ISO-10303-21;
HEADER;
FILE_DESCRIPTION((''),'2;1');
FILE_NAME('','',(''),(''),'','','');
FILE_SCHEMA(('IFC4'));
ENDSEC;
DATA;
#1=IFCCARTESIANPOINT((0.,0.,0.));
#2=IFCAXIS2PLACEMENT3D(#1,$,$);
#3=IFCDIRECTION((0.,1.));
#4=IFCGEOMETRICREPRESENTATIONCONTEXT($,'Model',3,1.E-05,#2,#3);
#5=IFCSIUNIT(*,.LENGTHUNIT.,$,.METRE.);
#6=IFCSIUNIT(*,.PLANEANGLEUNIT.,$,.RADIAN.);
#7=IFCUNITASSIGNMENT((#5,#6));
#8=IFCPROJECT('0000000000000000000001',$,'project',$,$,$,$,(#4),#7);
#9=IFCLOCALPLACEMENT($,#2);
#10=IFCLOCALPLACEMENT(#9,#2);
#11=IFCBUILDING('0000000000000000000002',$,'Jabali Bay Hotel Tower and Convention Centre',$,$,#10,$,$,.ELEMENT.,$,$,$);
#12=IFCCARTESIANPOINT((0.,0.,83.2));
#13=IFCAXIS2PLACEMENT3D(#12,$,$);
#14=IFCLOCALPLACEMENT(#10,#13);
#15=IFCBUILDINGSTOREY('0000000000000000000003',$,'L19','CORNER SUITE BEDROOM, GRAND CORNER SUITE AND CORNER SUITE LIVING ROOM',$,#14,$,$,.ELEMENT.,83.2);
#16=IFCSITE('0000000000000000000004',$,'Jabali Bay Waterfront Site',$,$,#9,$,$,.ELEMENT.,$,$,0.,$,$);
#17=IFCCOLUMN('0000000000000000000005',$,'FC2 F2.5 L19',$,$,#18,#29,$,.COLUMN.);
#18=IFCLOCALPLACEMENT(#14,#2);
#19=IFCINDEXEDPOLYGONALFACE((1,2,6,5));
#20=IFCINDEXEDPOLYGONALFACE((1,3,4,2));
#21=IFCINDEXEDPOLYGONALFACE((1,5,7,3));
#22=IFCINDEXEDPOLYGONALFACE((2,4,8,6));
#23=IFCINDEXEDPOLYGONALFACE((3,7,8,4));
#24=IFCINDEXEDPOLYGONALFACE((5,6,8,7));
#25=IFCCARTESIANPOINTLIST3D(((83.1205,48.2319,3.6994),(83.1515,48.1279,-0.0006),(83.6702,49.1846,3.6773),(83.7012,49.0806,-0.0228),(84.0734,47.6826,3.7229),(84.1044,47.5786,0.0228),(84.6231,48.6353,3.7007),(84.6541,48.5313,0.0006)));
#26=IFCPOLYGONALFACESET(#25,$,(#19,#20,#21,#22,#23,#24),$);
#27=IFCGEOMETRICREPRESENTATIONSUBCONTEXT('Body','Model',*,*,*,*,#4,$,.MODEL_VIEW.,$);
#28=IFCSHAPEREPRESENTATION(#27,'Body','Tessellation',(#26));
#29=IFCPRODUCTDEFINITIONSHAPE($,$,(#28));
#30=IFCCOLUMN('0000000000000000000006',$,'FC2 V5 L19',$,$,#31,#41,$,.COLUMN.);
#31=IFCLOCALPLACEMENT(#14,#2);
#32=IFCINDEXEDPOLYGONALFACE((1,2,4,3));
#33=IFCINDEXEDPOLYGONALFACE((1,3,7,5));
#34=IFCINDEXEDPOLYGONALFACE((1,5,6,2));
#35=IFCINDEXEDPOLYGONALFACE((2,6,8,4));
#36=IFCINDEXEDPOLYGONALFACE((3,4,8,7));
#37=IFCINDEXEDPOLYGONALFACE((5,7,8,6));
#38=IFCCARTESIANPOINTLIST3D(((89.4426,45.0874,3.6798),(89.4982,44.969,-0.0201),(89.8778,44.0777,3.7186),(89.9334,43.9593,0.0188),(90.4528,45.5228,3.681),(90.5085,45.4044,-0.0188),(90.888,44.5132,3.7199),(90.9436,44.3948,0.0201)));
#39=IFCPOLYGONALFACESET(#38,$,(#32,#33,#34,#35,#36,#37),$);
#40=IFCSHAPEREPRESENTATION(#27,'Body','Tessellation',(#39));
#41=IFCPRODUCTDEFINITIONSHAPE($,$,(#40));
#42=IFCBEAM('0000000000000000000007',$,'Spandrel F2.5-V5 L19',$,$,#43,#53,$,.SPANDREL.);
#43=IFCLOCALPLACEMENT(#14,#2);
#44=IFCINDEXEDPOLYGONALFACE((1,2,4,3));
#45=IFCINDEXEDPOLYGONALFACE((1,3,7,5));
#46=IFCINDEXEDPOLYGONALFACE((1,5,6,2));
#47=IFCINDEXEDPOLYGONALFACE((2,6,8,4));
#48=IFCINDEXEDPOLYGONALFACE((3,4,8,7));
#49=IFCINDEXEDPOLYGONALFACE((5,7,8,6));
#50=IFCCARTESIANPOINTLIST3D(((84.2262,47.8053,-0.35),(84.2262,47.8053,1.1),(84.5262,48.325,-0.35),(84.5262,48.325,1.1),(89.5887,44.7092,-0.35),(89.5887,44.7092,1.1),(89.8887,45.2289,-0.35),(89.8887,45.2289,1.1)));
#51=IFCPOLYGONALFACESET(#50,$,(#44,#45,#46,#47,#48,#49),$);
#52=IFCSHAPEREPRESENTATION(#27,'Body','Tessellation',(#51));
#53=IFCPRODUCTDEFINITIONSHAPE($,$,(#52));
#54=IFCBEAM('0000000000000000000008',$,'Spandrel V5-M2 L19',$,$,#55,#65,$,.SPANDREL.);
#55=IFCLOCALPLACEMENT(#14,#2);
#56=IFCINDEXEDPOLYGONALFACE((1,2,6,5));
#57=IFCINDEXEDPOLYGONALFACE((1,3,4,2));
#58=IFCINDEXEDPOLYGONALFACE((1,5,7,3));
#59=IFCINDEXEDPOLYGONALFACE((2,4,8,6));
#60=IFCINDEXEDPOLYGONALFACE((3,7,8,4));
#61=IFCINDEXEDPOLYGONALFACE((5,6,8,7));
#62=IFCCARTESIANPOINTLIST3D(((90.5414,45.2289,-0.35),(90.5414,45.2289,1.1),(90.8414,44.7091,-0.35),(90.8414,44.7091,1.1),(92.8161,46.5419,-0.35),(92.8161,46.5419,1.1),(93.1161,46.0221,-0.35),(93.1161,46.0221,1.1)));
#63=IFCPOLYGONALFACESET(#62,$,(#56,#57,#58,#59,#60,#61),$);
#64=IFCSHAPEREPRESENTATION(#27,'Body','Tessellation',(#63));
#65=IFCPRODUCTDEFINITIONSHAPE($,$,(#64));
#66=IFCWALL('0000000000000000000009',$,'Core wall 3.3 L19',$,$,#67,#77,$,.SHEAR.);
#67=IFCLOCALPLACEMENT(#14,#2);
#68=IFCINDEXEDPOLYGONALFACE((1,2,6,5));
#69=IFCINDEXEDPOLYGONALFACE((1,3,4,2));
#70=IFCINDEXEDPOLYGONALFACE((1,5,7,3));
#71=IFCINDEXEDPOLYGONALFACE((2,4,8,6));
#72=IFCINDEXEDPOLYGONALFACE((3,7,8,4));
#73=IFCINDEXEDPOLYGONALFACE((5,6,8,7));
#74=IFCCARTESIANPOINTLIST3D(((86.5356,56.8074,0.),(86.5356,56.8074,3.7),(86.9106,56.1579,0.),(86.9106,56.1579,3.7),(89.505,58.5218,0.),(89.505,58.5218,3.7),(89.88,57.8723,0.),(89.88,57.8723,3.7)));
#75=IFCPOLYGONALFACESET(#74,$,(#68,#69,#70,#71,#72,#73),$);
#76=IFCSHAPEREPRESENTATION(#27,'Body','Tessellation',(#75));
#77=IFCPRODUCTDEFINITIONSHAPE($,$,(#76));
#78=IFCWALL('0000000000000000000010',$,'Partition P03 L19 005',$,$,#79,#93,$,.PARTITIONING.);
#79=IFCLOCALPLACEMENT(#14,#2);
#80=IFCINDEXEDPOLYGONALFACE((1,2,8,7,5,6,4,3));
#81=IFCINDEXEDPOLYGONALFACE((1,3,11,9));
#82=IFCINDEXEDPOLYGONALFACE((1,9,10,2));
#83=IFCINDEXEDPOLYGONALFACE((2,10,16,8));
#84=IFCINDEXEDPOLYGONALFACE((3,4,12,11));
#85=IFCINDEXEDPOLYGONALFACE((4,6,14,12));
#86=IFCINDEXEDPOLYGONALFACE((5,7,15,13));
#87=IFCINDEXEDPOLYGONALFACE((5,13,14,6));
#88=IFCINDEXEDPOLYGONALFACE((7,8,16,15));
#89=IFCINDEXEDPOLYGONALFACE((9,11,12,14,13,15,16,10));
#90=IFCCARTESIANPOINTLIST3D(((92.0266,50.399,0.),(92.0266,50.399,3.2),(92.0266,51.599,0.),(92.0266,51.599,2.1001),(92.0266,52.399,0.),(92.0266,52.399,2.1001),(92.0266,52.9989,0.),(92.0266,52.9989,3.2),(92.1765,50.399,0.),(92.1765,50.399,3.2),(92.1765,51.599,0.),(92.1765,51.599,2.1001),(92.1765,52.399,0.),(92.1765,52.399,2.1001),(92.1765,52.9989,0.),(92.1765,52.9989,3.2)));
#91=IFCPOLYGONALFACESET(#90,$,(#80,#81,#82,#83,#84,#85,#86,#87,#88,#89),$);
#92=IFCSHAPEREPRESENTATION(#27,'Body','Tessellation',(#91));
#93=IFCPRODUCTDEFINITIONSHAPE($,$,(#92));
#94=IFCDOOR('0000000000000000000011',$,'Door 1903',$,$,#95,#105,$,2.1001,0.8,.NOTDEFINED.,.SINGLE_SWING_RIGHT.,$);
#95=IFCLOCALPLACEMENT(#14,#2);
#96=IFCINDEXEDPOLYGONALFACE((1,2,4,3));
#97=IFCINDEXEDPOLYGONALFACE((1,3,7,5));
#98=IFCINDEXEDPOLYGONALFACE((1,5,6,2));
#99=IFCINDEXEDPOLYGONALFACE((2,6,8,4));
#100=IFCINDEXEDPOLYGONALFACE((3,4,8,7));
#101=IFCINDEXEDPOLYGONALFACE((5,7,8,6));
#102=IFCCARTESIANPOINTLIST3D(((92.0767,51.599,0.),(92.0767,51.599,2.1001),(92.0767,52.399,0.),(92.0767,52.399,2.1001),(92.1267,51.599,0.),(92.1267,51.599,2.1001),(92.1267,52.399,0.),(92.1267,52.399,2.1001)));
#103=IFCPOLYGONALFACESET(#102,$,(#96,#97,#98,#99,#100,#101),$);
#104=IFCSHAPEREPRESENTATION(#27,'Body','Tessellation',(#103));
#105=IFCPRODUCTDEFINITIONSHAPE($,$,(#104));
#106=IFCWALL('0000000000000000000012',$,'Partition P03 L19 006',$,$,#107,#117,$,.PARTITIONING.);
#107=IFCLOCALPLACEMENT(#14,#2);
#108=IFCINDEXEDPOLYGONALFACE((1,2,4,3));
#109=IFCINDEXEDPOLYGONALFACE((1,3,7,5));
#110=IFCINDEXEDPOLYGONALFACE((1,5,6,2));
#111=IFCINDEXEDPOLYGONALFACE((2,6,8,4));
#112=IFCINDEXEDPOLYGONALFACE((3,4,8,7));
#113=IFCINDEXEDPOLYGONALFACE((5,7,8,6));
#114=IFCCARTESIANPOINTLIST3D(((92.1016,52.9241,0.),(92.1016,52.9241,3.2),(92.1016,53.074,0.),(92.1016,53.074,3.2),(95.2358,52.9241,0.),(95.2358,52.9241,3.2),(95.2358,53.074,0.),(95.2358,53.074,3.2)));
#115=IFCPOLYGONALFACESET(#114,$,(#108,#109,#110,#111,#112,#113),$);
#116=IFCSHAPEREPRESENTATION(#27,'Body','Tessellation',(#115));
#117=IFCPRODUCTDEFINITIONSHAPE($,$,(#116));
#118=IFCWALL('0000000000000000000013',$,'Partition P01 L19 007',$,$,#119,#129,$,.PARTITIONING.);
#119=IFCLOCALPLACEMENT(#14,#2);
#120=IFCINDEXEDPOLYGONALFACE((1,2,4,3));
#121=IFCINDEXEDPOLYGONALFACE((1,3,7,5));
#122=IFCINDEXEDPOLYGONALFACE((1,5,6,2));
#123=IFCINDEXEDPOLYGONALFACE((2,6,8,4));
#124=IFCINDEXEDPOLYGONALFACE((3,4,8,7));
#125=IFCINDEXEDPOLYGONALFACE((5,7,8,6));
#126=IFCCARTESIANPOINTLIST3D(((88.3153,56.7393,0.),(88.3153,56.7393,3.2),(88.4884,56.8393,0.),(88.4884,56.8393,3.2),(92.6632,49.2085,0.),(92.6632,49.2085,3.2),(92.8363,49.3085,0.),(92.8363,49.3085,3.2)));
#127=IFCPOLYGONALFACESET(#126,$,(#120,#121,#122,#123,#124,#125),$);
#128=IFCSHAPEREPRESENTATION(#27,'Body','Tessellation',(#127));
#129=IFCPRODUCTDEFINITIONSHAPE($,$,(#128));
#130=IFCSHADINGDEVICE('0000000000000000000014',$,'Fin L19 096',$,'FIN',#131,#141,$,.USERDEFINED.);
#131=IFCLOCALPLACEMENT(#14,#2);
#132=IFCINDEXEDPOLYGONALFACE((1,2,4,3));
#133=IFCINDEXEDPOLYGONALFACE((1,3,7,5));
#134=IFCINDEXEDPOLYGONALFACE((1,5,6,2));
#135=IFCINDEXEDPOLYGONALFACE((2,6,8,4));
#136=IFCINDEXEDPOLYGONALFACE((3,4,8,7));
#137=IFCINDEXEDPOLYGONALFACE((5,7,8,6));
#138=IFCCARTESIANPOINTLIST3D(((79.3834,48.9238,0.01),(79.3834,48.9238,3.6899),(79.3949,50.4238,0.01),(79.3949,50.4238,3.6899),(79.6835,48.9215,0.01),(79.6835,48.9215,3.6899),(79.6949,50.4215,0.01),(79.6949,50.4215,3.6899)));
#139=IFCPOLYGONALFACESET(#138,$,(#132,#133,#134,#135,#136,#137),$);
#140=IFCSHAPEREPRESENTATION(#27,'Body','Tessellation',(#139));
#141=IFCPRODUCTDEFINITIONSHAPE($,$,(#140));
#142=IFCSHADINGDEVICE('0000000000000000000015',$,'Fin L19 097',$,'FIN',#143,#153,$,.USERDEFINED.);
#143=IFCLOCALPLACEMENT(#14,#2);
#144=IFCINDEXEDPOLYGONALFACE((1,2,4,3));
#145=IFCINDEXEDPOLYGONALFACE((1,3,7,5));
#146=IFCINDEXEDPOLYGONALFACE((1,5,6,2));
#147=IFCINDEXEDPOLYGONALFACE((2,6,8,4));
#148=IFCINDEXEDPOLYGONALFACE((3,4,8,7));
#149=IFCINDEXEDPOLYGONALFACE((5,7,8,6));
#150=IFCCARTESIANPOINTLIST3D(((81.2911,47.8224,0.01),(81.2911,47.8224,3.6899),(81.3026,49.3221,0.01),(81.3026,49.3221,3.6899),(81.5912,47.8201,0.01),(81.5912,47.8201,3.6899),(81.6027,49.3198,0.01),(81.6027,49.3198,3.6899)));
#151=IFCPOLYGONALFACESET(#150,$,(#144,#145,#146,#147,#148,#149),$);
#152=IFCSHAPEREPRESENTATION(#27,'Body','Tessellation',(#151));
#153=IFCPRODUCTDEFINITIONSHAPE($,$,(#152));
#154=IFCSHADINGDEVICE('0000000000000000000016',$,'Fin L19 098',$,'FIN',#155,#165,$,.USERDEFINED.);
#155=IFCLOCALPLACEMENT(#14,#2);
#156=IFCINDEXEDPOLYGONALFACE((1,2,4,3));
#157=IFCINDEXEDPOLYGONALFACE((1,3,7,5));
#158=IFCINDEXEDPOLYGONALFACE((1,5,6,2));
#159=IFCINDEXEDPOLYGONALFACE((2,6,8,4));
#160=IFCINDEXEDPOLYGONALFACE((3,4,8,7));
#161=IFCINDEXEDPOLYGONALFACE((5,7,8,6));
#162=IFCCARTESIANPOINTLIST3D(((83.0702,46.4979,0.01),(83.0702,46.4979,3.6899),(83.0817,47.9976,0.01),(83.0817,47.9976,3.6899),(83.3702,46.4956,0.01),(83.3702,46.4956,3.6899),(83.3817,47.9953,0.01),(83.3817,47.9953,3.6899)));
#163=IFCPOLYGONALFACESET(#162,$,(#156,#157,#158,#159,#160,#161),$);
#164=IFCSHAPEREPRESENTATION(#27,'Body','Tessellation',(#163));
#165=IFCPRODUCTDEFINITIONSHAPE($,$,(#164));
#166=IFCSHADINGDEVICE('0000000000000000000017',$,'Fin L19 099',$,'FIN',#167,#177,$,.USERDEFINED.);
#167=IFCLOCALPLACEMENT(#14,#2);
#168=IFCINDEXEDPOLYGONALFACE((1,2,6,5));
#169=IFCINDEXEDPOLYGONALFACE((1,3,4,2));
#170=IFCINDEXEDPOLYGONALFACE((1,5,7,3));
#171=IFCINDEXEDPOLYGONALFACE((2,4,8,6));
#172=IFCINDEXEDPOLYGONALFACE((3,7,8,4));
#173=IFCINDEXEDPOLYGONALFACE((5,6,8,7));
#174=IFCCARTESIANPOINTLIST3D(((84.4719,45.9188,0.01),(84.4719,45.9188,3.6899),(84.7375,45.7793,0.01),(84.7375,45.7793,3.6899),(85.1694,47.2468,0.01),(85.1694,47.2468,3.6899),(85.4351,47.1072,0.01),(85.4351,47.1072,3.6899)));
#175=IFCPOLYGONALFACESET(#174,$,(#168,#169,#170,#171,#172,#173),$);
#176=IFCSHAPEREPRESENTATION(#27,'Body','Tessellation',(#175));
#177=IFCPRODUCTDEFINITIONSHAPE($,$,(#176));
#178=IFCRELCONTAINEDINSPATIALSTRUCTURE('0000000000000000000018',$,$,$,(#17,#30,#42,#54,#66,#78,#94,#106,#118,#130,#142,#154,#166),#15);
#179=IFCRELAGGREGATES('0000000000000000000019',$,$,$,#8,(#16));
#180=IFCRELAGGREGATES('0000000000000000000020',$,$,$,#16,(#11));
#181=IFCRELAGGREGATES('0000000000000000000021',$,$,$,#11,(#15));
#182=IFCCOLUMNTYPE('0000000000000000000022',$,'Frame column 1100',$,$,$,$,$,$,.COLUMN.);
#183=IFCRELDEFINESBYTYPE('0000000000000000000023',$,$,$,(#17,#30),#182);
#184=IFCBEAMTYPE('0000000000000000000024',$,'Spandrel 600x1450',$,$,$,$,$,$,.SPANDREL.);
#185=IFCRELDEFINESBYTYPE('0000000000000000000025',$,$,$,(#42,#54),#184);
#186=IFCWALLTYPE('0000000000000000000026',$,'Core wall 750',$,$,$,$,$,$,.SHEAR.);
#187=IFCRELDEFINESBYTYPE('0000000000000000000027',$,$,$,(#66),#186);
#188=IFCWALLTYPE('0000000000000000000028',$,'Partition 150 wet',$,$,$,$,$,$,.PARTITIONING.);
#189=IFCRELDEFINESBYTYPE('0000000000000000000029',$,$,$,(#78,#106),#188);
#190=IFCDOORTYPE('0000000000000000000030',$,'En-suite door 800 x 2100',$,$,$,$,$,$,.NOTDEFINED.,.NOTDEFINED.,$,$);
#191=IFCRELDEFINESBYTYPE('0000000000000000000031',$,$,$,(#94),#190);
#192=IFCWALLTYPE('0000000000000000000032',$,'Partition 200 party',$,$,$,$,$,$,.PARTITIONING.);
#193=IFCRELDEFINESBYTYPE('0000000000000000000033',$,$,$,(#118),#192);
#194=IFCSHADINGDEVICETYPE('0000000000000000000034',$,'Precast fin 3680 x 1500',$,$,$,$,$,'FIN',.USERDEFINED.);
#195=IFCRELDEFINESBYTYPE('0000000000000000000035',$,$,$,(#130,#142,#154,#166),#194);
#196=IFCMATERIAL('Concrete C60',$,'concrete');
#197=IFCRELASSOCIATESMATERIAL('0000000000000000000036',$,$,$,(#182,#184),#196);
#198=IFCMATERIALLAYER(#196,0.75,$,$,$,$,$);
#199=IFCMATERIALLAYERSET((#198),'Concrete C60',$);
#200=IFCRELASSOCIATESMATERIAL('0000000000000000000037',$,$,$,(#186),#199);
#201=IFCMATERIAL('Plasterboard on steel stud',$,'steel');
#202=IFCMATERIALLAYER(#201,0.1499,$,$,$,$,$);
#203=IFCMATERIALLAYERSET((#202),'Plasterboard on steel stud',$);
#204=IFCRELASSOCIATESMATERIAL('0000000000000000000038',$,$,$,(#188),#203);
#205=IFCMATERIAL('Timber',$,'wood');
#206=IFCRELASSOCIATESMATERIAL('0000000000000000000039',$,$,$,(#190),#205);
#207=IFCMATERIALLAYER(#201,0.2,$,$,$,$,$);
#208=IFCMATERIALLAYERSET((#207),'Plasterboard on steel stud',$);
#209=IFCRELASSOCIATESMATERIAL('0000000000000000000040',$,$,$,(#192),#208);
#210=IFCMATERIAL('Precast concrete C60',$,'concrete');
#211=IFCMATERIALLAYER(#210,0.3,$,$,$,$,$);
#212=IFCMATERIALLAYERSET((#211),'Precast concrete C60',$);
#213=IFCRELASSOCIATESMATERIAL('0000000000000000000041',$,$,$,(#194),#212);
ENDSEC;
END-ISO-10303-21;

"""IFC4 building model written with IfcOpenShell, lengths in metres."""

from ifc_helpers import new_model, si_unit, direction, frame, frame_2d, origin, origin_2d, place, context, subcontext, project, spatial, rectangle, extrude, material, layer, layer_set, material_profile, profile_set, type_object, element, fill, save


model = new_model("IFC4")

# Units and contexts
model_context = context("Model", 3, precision=1e-05, world=origin(), true_north=direction((0.0, 1.0)))
body_context = subcontext(model_context, "Body", "Model", "MODEL_VIEW")
ifc_project = project(units=[si_unit("LENGTHUNIT", "METRE"), si_unit("PLANEANGLEUNIT", "RADIAN")], contexts=[model_context])

# Site, building, storey
site_placement = place(None, origin())
site = spatial("IfcSite", under=ifc_project, at=site_placement, Name="Jabali Bay Waterfront Site", CompositionType="ELEMENT", RefElevation=0.0)
building_placement = place(site_placement, origin())
building = spatial("IfcBuilding", under=site, at=building_placement, Name="Jabali Bay Hotel Tower and Convention Centre", CompositionType="ELEMENT")
storey_placement = place(building_placement, frame((0.0, 0.0, 83.2)))
storey = spatial("IfcBuildingStorey", under=building, at=storey_placement, Name="L19", Description="CORNER SUITE BEDROOM, GRAND CORNER SUITE AND CORNER SUITE LIVING ROOM", CompositionType="ELEMENT", Elevation=83.2)

# Columns
ifc_material_1 = material(Name="Concrete C60", Category="concrete")
ifc_material_profile_1 = material_profile(ifc_material_1, rectangle(XDim=1.1001, YDim=1.1001, at=origin_2d()), Name="Frame column 1100")
ifc_profile_set_1 = profile_set([ifc_material_profile_1], Name="Concrete C60")
column_type = type_object("IfcColumnType", Name="Frame column 1100", PredefinedType="COLUMN", material=ifc_profile_set_1)
column_1_placement = place(storey_placement, frame((83.9028, 48.3296, 0.0), z_axis=(-0.008376, 0.028097, 0.99957), x_axis=(-0.499682, -0.865975, 0.020155)))
element("IfcColumn", 1, at=column_1_placement, inside=storey, type_object=column_type, Name="FC2 F2.5 L19", PredefinedType="COLUMN", context=body_context, shape_type="SweptSolid", body=[
    extrude(rectangle(XDim=1.1001, YDim=1.1001, at=origin_2d()), origin(), (0.0, 0.0, 1.0), 3.7017),
])
column_2_placement = place(storey_placement, frame((90.2209, 44.6819, 0.0), z_axis=(-0.015035, 0.031983, 0.999375), x_axis=(0.395575, -0.917754, 0.035322)))
element("IfcColumn", 2, at=column_2_placement, inside=storey, type_object=column_type, Name="FC2 V5 L19", PredefinedType="COLUMN", context=body_context, shape_type="SweptSolid", body=[
    extrude(rectangle(XDim=1.1001, YDim=1.1001, at=origin_2d()), origin(), (0.0, 0.0, 1.0), 3.7021),
])

# Beams
ifc_material_profile_2 = material_profile(ifc_material_1, rectangle(XDim=0.6001, YDim=1.45, at=origin_2d()), Name="Spandrel 600x1450")
ifc_profile_set_2 = profile_set([ifc_material_profile_2], Name="Concrete C60")
beam_type = type_object("IfcBeamType", Name="Spandrel 600x1450", PredefinedType="SPANDREL", material=ifc_profile_set_2)
beam_1_placement = place(storey_placement, frame((84.3762, 48.0652, 0.375), z_axis=(0.866017, -0.500015, 0.0), x_axis=(0.500015, 0.866017, 0.0)))
element("IfcBeam", 3, at=beam_1_placement, inside=storey, type_object=beam_type, Name="Spandrel F2.5-V5 L19", PredefinedType="SPANDREL", context=body_context, shape_type="SweptSolid", body=[
    extrude(rectangle(XDim=0.6001, YDim=1.45, at=origin_2d()), origin(), (0.0, 0.0, 1.0), 6.1921),
])
beam_2_placement = place(storey_placement, frame((90.6914, 44.969, 0.375), z_axis=(0.866073, 0.499918, 0.0), x_axis=(-0.499918, 0.866073, 0.0)))
element("IfcBeam", 4, at=beam_2_placement, inside=storey, type_object=beam_type, Name="Spandrel V5-M2 L19", PredefinedType="SPANDREL", context=body_context, shape_type="SweptSolid", body=[
    extrude(rectangle(XDim=0.6001, YDim=1.45, at=origin_2d()), origin(), (0.0, 0.0, 1.0), 2.6265),
])

# Wall
ifc_layer_1 = layer(ifc_material_1, 0.75)
ifc_layer_set_1 = layer_set([ifc_layer_1], Name="Concrete C60")
wall_type_1 = type_object("IfcWallType", Name="Core wall 750", PredefinedType="SHEAR", material=ifc_layer_set_1)
wall_1_placement = place(storey_placement, frame((86.7231, 56.4827, 0.0), z_axis=(0.0, 0.0, 1.0), x_axis=(0.866017, 0.500014, 0.0)))
element("IfcWall", 5, at=wall_1_placement, inside=storey, type_object=wall_type_1, Name="Core wall 3.3 L19", PredefinedType="SHEAR", context=body_context, shape_type="SweptSolid", body=[
    extrude(rectangle(XDim=3.4287, YDim=0.75, at=frame_2d((1.7144, 0.0))), origin(), (0.0, 0.0, 1.0), 3.7),
])

# Wall, opening, door
ifc_material_2 = material(Name="Plasterboard on steel stud", Category="steel")
ifc_layer_2 = layer(ifc_material_2, 0.1499)
ifc_layer_set_2 = layer_set([ifc_layer_2], Name="Plasterboard on steel stud")
wall_type_2 = type_object("IfcWallType", Name="Partition 150 wet", PredefinedType="PARTITIONING", material=ifc_layer_set_2)
wall_2_placement = place(storey_placement, frame((92.1016, 50.3992, 0.0), z_axis=(0.0, 0.0, 1.0), x_axis=(0.0, 1.0, 0.0)))
wall_2 = element("IfcWall", 6, at=wall_2_placement, inside=storey, type_object=wall_type_2, Name="Partition P03 L19 005", PredefinedType="PARTITIONING", context=body_context, shape_type="SweptSolid", body=[
    extrude(rectangle(XDim=2.5999, YDim=0.1499, at=frame_2d((1.2998, 0.0))), origin(), (0.0, 0.0, 1.0), 3.2),
])
opening_1_placement = place(wall_2_placement, frame((1.2, 0.0, 0.0)))
opening_1 = element("IfcOpeningElement", 7, at=opening_1_placement, cuts=wall_2, PredefinedType="OPENING", context=body_context, shape_type="SweptSolid", body=[
    extrude(rectangle(XDim=0.8, YDim=2.1001, at=frame_2d((0.3999, 1.05))), frame((0.0, 0.0854, 0.0), z_axis=(0.0, -1.0, 0.0), x_axis=(1.0, 0.0, 0.0)), (0.0, 0.0, 1.0), 0.1709),
])
ifc_material_3 = material(Name="Timber", Category="wood")
door_type_1 = type_object("IfcDoorType", Name="En-suite door 800 x 2100", OperationType="NOTDEFINED", PredefinedType="NOTDEFINED", material=ifc_material_3)
door_1_placement = place(opening_1_placement, origin())
door_1 = element("IfcDoor", 8, at=door_1_placement, inside=storey, type_object=door_type_1, Name="Door 1903", OperationType="SINGLE_SWING_RIGHT", OverallHeight=2.1001, OverallWidth=0.8, PredefinedType="NOTDEFINED", context=body_context, shape_type="SweptSolid", body=[
    extrude(rectangle(XDim=0.8, YDim=2.1001, at=frame_2d((0.3999, 1.05))), frame((0.0, 0.0249, 0.0), z_axis=(0.0, -1.0, 0.0), x_axis=(1.0, 0.0, 0.0)), (0.0, 0.0, 1.0), 0.05),
])
fill(opening_1, door_1)

# Walls
wall_3_placement = place(storey_placement, frame((92.1016, 52.999, 0.0), z_axis=(0.0, 0.0, 1.0), x_axis=(1.0, 0.0, 0.0)))
element("IfcWall", 9, at=wall_3_placement, inside=storey, type_object=wall_type_2, Name="Partition P03 L19 006", PredefinedType="PARTITIONING", context=body_context, shape_type="SweptSolid", body=[
    extrude(rectangle(XDim=3.1343, YDim=0.1499, at=frame_2d((1.5671, 0.0))), origin(), (0.0, 0.0, 1.0), 3.2),
])
ifc_layer_3 = layer(ifc_material_2, 0.2)
ifc_layer_set_3 = layer_set([ifc_layer_3], Name="Plasterboard on steel stud")
wall_type_3 = type_object("IfcWallType", Name="Partition 200 party", PredefinedType="PARTITIONING", material=ifc_layer_set_3)
wall_4_placement = place(storey_placement, frame((88.4019, 56.7893, 0.0), z_axis=(0.0, 0.0, 1.0), x_axis=(0.500001, -0.866025, 0.0)))
element("IfcWall", 10, at=wall_4_placement, inside=storey, type_object=wall_type_3, Name="Partition P01 L19 007", PredefinedType="PARTITIONING", context=body_context, shape_type="SweptSolid", body=[
    extrude(rectangle(XDim=8.6958, YDim=0.2, at=frame_2d((4.3479, 0.0))), origin(), (0.0, 0.0, 1.0), 3.2),
])

# Shading devices
ifc_material_4 = material(Name="Precast concrete C60", Category="concrete")
ifc_layer_4 = layer(ifc_material_4, 0.3)
ifc_layer_set_4 = layer_set([ifc_layer_4], Name="Precast concrete C60")
shading_device_type = type_object("IfcShadingDeviceType", Name="Precast fin 3680 x 1500", ElementType="FIN", PredefinedType="USERDEFINED", material=ifc_layer_set_4)
shading_device_placement = place(storey_placement, frame((79.5449, 50.4226, 0.01), z_axis=(0.0, 0.0, 1.0), x_axis=(-0.00765, -0.999971, 0.0)))
element("IfcShadingDevice", 11, at=shading_device_placement, inside=storey, type_object=shading_device_type, Name="Fin L19 096", ObjectType="FIN", PredefinedType="USERDEFINED", context=body_context, shape_type="SweptSolid", body=[
    extrude(rectangle(XDim=1.5, YDim=0.3, at=frame_2d((0.75, 0.0))), origin(), (0.0, 0.0, 1.0), 3.6799),
])
for number, where, z_axis, x_axis, name in (
    (12, (81.4526, 49.321, 0.01), (0.0, 0.0, 1.0), (-0.007651, -0.999971, 0.0), "Fin L19 097"),
    (13, (83.2317, 47.9966, 0.01), (0.0, 0.0, 1.0), (-0.007651, -0.999971, 0.0), "Fin L19 098"),
):
    element("IfcShadingDevice", number, at=place(storey_placement, frame(where, z_axis=z_axis, x_axis=x_axis)), inside=storey, type_object=shading_device_type, Name=name, ObjectType="FIN", PredefinedType="USERDEFINED", context=body_context, shape_type="SweptSolid", body=[
        extrude(rectangle(XDim=1.4998, YDim=0.3, at=frame_2d((0.75, 0.0))), origin(), (0.0, 0.0, 1.0), 3.6799),
    ])
for number, where, z_axis, x_axis, name in (
    (14, (85.3022, 47.177, 0.01), (0.0, 0.0, 1.0), (-0.465028, -0.885296, 0.0), "Fin L19 099"),
):
    element("IfcShadingDevice", number, at=place(storey_placement, frame(where, z_axis=z_axis, x_axis=x_axis)), inside=storey, type_object=shading_device_type, Name=name, ObjectType="FIN", PredefinedType="USERDEFINED", context=body_context, shape_type="SweptSolid", body=[
        extrude(rectangle(XDim=1.5, YDim=0.3, at=frame_2d((0.75, 0.0))), origin(), (0.0, 0.0, 1.0), 3.6799),
    ])

save(model, "model.ifc")
